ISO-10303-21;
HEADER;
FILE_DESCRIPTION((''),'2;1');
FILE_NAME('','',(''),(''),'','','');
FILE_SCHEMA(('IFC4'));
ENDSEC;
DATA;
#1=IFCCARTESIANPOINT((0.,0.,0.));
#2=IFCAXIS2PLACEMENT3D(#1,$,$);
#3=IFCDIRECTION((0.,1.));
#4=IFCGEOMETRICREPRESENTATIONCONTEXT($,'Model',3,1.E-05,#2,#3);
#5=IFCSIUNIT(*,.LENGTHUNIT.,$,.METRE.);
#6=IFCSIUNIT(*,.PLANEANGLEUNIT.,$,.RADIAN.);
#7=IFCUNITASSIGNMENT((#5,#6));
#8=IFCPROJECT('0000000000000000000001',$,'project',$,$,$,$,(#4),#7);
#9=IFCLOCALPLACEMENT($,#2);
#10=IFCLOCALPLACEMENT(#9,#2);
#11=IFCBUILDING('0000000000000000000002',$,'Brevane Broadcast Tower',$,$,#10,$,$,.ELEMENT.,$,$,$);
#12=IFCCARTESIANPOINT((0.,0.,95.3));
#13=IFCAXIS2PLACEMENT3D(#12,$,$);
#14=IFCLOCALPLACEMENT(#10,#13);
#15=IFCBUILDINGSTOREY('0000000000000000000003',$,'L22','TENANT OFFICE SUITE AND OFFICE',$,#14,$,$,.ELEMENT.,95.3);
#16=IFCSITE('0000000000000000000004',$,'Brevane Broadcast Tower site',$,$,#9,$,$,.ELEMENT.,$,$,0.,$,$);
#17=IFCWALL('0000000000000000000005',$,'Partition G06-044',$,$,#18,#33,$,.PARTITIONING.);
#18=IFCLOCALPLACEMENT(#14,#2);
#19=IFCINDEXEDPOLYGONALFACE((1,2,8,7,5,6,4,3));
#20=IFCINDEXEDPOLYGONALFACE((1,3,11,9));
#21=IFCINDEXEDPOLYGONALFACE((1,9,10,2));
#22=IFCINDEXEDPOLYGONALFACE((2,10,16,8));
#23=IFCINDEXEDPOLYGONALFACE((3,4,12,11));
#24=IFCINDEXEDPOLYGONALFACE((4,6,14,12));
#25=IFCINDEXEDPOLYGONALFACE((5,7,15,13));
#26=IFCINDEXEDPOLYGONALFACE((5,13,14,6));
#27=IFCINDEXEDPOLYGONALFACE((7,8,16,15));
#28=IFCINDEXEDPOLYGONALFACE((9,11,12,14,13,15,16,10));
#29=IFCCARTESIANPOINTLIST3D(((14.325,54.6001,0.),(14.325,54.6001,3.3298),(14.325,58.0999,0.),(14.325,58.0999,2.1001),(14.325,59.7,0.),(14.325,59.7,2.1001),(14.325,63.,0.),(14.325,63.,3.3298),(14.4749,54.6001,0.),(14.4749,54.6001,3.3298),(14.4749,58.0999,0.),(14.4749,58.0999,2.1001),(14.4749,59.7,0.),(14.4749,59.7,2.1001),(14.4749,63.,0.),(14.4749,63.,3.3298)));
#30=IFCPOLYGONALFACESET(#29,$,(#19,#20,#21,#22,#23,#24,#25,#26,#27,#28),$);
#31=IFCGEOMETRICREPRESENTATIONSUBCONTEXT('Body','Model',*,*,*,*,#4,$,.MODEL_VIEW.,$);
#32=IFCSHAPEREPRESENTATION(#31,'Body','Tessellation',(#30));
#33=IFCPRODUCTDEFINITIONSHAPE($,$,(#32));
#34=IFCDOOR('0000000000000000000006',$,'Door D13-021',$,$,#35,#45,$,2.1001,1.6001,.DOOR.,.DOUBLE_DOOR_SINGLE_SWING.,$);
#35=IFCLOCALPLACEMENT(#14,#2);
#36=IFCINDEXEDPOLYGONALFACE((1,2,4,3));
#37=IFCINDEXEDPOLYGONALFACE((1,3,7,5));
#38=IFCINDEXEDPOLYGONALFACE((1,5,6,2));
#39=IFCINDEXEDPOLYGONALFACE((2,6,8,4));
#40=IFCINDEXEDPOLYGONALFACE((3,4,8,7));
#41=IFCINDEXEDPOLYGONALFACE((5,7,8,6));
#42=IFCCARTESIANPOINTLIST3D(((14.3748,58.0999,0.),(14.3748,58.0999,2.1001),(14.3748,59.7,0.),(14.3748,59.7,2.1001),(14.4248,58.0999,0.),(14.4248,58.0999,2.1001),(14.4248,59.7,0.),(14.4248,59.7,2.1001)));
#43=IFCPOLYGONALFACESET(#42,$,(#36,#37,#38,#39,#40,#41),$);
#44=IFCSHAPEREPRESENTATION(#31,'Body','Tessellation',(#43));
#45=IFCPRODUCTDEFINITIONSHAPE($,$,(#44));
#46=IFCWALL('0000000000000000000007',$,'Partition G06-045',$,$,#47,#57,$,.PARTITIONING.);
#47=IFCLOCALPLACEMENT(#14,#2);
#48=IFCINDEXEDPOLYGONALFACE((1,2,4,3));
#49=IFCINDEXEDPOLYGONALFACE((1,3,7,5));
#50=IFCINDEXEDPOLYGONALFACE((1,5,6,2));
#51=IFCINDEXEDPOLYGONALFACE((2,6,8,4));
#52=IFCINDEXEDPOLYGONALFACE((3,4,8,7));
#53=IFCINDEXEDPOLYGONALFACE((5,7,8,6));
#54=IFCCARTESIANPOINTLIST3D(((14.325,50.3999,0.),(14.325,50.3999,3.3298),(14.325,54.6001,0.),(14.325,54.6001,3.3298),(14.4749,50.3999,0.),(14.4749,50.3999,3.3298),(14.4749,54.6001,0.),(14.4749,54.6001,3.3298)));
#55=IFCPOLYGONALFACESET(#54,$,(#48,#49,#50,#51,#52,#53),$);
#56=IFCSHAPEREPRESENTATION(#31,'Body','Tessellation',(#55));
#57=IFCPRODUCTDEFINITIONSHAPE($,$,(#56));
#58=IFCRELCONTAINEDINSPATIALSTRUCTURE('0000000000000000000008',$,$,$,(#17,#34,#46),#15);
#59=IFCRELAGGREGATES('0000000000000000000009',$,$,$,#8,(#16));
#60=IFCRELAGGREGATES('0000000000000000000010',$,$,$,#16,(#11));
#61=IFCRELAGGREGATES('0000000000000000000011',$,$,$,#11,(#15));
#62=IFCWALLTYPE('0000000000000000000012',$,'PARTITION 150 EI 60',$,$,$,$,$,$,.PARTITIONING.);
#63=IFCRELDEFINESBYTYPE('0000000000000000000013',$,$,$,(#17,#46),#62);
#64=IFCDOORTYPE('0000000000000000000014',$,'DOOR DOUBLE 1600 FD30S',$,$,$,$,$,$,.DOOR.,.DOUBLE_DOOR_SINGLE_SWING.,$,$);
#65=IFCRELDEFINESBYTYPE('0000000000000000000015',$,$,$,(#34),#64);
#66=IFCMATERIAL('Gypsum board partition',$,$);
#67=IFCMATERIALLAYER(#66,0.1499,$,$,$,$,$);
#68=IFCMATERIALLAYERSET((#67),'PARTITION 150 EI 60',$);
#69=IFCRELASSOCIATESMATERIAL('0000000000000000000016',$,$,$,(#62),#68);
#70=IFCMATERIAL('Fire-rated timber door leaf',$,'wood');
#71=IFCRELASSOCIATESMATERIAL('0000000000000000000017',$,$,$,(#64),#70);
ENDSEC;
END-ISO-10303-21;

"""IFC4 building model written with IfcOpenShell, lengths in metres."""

from ifc_helpers import new_model, si_unit, direction, frame, frame_2d, origin, place, context, subcontext, project, spatial, rectangle, extrude, material, layer, layer_set, type_object, element, fill, save


model = new_model("IFC4")

# Units and contexts
model_context = context("Model", 3, precision=1e-05, world=origin(), true_north=direction((0.0, 1.0)))
body_context = subcontext(model_context, "Body", "Model", "MODEL_VIEW")
ifc_project = project(units=[si_unit("LENGTHUNIT", "METRE"), si_unit("PLANEANGLEUNIT", "RADIAN")], contexts=[model_context])

# Site, building, storey
site_placement = place(None, origin())
site = spatial("IfcSite", under=ifc_project, at=site_placement, Name="Brevane Broadcast Tower site", CompositionType="ELEMENT", RefElevation=0.0)
building_placement = place(site_placement, origin())
building = spatial("IfcBuilding", under=site, at=building_placement, Name="Brevane Broadcast Tower", CompositionType="ELEMENT")
storey_placement = place(building_placement, frame((0.0, 0.0, 95.3)))
storey = spatial("IfcBuildingStorey", under=building, at=storey_placement, Name="L22", Description="TENANT OFFICE SUITE AND OFFICE", CompositionType="ELEMENT", Elevation=95.3)

# Shared definitions
ifc_material_1 = material(Name="Gypsum board partition")

# Shared definitions
ifc_layer_1 = layer(ifc_material_1, 0.1499)
ifc_layer_set_1 = layer_set([ifc_layer_1], Name="PARTITION 150 EI 60")
wall_type_1 = type_object("IfcWallType", Name="PARTITION 150 EI 60", PredefinedType="PARTITIONING", material=ifc_layer_set_1)
ifc_material_2 = material(Name="Fire-rated timber door leaf", Category="wood")
door_type_1 = type_object("IfcDoorType", Name="DOOR DOUBLE 1600 FD30S", OperationType="DOUBLE_DOOR_SINGLE_SWING", PredefinedType="DOOR", material=ifc_material_2)

# Wall, opening, door
wall_1_placement = place(storey_placement, frame((14.3999, 63.0, 0.0), z_axis=(0.0, 0.0, 1.0), x_axis=(0.0, -1.0, 0.0)))
wall_1 = element("IfcWall", 1, at=wall_1_placement, inside=storey, type_object=wall_type_1, Name="Partition G06-044", PredefinedType="PARTITIONING", context=body_context, shape_type="SweptSolid", body=[
    extrude(rectangle(XDim=8.3999, YDim=0.1499, at=frame_2d((4.2, 0.0))), origin(), (0.0, 0.0, 1.0), 3.3298),
])
opening_1_placement = place(wall_1_placement, frame((3.3, 0.0, 0.0)))
opening_1 = element("IfcOpeningElement", 2, at=opening_1_placement, cuts=wall_1, PredefinedType="OPENING", context=body_context, shape_type="SweptSolid", body=[
    extrude(rectangle(XDim=1.6001, YDim=2.1001, at=frame_2d((0.8, 1.05))), frame((0.0, 0.085, 0.0), z_axis=(0.0, -1.0, 0.0), x_axis=(1.0, 0.0, 0.0)), (0.0, 0.0, 1.0), 0.1699),
])
door_1_placement = place(opening_1_placement, origin())
door_1 = element("IfcDoor", 3, at=door_1_placement, inside=storey, type_object=door_type_1, Name="Door D13-021", OperationType="DOUBLE_DOOR_SINGLE_SWING", OverallHeight=2.1001, OverallWidth=1.6001, PredefinedType="DOOR", context=body_context, shape_type="SweptSolid", body=[
    extrude(rectangle(XDim=1.6001, YDim=2.1001, at=frame_2d((0.8, 1.05))), frame((0.0, 0.0249, 0.0), z_axis=(0.0, -1.0, 0.0), x_axis=(1.0, 0.0, 0.0)), (0.0, 0.0, 1.0), 0.05),
])
fill(opening_1, door_1)

# Wall
wall_2_placement = place(storey_placement, frame((14.3999, 54.6001, 0.0), z_axis=(0.0, 0.0, 1.0), x_axis=(0.0, -1.0, 0.0)))
element("IfcWall", 4, at=wall_2_placement, inside=storey, type_object=wall_type_1, Name="Partition G06-045", PredefinedType="PARTITIONING", context=body_context, shape_type="SweptSolid", body=[
    extrude(rectangle(XDim=4.2002, YDim=0.1499, at=frame_2d((2.1001, 0.0))), origin(), (0.0, 0.0, 1.0), 3.3298),
])

save(model, "model.ifc")
